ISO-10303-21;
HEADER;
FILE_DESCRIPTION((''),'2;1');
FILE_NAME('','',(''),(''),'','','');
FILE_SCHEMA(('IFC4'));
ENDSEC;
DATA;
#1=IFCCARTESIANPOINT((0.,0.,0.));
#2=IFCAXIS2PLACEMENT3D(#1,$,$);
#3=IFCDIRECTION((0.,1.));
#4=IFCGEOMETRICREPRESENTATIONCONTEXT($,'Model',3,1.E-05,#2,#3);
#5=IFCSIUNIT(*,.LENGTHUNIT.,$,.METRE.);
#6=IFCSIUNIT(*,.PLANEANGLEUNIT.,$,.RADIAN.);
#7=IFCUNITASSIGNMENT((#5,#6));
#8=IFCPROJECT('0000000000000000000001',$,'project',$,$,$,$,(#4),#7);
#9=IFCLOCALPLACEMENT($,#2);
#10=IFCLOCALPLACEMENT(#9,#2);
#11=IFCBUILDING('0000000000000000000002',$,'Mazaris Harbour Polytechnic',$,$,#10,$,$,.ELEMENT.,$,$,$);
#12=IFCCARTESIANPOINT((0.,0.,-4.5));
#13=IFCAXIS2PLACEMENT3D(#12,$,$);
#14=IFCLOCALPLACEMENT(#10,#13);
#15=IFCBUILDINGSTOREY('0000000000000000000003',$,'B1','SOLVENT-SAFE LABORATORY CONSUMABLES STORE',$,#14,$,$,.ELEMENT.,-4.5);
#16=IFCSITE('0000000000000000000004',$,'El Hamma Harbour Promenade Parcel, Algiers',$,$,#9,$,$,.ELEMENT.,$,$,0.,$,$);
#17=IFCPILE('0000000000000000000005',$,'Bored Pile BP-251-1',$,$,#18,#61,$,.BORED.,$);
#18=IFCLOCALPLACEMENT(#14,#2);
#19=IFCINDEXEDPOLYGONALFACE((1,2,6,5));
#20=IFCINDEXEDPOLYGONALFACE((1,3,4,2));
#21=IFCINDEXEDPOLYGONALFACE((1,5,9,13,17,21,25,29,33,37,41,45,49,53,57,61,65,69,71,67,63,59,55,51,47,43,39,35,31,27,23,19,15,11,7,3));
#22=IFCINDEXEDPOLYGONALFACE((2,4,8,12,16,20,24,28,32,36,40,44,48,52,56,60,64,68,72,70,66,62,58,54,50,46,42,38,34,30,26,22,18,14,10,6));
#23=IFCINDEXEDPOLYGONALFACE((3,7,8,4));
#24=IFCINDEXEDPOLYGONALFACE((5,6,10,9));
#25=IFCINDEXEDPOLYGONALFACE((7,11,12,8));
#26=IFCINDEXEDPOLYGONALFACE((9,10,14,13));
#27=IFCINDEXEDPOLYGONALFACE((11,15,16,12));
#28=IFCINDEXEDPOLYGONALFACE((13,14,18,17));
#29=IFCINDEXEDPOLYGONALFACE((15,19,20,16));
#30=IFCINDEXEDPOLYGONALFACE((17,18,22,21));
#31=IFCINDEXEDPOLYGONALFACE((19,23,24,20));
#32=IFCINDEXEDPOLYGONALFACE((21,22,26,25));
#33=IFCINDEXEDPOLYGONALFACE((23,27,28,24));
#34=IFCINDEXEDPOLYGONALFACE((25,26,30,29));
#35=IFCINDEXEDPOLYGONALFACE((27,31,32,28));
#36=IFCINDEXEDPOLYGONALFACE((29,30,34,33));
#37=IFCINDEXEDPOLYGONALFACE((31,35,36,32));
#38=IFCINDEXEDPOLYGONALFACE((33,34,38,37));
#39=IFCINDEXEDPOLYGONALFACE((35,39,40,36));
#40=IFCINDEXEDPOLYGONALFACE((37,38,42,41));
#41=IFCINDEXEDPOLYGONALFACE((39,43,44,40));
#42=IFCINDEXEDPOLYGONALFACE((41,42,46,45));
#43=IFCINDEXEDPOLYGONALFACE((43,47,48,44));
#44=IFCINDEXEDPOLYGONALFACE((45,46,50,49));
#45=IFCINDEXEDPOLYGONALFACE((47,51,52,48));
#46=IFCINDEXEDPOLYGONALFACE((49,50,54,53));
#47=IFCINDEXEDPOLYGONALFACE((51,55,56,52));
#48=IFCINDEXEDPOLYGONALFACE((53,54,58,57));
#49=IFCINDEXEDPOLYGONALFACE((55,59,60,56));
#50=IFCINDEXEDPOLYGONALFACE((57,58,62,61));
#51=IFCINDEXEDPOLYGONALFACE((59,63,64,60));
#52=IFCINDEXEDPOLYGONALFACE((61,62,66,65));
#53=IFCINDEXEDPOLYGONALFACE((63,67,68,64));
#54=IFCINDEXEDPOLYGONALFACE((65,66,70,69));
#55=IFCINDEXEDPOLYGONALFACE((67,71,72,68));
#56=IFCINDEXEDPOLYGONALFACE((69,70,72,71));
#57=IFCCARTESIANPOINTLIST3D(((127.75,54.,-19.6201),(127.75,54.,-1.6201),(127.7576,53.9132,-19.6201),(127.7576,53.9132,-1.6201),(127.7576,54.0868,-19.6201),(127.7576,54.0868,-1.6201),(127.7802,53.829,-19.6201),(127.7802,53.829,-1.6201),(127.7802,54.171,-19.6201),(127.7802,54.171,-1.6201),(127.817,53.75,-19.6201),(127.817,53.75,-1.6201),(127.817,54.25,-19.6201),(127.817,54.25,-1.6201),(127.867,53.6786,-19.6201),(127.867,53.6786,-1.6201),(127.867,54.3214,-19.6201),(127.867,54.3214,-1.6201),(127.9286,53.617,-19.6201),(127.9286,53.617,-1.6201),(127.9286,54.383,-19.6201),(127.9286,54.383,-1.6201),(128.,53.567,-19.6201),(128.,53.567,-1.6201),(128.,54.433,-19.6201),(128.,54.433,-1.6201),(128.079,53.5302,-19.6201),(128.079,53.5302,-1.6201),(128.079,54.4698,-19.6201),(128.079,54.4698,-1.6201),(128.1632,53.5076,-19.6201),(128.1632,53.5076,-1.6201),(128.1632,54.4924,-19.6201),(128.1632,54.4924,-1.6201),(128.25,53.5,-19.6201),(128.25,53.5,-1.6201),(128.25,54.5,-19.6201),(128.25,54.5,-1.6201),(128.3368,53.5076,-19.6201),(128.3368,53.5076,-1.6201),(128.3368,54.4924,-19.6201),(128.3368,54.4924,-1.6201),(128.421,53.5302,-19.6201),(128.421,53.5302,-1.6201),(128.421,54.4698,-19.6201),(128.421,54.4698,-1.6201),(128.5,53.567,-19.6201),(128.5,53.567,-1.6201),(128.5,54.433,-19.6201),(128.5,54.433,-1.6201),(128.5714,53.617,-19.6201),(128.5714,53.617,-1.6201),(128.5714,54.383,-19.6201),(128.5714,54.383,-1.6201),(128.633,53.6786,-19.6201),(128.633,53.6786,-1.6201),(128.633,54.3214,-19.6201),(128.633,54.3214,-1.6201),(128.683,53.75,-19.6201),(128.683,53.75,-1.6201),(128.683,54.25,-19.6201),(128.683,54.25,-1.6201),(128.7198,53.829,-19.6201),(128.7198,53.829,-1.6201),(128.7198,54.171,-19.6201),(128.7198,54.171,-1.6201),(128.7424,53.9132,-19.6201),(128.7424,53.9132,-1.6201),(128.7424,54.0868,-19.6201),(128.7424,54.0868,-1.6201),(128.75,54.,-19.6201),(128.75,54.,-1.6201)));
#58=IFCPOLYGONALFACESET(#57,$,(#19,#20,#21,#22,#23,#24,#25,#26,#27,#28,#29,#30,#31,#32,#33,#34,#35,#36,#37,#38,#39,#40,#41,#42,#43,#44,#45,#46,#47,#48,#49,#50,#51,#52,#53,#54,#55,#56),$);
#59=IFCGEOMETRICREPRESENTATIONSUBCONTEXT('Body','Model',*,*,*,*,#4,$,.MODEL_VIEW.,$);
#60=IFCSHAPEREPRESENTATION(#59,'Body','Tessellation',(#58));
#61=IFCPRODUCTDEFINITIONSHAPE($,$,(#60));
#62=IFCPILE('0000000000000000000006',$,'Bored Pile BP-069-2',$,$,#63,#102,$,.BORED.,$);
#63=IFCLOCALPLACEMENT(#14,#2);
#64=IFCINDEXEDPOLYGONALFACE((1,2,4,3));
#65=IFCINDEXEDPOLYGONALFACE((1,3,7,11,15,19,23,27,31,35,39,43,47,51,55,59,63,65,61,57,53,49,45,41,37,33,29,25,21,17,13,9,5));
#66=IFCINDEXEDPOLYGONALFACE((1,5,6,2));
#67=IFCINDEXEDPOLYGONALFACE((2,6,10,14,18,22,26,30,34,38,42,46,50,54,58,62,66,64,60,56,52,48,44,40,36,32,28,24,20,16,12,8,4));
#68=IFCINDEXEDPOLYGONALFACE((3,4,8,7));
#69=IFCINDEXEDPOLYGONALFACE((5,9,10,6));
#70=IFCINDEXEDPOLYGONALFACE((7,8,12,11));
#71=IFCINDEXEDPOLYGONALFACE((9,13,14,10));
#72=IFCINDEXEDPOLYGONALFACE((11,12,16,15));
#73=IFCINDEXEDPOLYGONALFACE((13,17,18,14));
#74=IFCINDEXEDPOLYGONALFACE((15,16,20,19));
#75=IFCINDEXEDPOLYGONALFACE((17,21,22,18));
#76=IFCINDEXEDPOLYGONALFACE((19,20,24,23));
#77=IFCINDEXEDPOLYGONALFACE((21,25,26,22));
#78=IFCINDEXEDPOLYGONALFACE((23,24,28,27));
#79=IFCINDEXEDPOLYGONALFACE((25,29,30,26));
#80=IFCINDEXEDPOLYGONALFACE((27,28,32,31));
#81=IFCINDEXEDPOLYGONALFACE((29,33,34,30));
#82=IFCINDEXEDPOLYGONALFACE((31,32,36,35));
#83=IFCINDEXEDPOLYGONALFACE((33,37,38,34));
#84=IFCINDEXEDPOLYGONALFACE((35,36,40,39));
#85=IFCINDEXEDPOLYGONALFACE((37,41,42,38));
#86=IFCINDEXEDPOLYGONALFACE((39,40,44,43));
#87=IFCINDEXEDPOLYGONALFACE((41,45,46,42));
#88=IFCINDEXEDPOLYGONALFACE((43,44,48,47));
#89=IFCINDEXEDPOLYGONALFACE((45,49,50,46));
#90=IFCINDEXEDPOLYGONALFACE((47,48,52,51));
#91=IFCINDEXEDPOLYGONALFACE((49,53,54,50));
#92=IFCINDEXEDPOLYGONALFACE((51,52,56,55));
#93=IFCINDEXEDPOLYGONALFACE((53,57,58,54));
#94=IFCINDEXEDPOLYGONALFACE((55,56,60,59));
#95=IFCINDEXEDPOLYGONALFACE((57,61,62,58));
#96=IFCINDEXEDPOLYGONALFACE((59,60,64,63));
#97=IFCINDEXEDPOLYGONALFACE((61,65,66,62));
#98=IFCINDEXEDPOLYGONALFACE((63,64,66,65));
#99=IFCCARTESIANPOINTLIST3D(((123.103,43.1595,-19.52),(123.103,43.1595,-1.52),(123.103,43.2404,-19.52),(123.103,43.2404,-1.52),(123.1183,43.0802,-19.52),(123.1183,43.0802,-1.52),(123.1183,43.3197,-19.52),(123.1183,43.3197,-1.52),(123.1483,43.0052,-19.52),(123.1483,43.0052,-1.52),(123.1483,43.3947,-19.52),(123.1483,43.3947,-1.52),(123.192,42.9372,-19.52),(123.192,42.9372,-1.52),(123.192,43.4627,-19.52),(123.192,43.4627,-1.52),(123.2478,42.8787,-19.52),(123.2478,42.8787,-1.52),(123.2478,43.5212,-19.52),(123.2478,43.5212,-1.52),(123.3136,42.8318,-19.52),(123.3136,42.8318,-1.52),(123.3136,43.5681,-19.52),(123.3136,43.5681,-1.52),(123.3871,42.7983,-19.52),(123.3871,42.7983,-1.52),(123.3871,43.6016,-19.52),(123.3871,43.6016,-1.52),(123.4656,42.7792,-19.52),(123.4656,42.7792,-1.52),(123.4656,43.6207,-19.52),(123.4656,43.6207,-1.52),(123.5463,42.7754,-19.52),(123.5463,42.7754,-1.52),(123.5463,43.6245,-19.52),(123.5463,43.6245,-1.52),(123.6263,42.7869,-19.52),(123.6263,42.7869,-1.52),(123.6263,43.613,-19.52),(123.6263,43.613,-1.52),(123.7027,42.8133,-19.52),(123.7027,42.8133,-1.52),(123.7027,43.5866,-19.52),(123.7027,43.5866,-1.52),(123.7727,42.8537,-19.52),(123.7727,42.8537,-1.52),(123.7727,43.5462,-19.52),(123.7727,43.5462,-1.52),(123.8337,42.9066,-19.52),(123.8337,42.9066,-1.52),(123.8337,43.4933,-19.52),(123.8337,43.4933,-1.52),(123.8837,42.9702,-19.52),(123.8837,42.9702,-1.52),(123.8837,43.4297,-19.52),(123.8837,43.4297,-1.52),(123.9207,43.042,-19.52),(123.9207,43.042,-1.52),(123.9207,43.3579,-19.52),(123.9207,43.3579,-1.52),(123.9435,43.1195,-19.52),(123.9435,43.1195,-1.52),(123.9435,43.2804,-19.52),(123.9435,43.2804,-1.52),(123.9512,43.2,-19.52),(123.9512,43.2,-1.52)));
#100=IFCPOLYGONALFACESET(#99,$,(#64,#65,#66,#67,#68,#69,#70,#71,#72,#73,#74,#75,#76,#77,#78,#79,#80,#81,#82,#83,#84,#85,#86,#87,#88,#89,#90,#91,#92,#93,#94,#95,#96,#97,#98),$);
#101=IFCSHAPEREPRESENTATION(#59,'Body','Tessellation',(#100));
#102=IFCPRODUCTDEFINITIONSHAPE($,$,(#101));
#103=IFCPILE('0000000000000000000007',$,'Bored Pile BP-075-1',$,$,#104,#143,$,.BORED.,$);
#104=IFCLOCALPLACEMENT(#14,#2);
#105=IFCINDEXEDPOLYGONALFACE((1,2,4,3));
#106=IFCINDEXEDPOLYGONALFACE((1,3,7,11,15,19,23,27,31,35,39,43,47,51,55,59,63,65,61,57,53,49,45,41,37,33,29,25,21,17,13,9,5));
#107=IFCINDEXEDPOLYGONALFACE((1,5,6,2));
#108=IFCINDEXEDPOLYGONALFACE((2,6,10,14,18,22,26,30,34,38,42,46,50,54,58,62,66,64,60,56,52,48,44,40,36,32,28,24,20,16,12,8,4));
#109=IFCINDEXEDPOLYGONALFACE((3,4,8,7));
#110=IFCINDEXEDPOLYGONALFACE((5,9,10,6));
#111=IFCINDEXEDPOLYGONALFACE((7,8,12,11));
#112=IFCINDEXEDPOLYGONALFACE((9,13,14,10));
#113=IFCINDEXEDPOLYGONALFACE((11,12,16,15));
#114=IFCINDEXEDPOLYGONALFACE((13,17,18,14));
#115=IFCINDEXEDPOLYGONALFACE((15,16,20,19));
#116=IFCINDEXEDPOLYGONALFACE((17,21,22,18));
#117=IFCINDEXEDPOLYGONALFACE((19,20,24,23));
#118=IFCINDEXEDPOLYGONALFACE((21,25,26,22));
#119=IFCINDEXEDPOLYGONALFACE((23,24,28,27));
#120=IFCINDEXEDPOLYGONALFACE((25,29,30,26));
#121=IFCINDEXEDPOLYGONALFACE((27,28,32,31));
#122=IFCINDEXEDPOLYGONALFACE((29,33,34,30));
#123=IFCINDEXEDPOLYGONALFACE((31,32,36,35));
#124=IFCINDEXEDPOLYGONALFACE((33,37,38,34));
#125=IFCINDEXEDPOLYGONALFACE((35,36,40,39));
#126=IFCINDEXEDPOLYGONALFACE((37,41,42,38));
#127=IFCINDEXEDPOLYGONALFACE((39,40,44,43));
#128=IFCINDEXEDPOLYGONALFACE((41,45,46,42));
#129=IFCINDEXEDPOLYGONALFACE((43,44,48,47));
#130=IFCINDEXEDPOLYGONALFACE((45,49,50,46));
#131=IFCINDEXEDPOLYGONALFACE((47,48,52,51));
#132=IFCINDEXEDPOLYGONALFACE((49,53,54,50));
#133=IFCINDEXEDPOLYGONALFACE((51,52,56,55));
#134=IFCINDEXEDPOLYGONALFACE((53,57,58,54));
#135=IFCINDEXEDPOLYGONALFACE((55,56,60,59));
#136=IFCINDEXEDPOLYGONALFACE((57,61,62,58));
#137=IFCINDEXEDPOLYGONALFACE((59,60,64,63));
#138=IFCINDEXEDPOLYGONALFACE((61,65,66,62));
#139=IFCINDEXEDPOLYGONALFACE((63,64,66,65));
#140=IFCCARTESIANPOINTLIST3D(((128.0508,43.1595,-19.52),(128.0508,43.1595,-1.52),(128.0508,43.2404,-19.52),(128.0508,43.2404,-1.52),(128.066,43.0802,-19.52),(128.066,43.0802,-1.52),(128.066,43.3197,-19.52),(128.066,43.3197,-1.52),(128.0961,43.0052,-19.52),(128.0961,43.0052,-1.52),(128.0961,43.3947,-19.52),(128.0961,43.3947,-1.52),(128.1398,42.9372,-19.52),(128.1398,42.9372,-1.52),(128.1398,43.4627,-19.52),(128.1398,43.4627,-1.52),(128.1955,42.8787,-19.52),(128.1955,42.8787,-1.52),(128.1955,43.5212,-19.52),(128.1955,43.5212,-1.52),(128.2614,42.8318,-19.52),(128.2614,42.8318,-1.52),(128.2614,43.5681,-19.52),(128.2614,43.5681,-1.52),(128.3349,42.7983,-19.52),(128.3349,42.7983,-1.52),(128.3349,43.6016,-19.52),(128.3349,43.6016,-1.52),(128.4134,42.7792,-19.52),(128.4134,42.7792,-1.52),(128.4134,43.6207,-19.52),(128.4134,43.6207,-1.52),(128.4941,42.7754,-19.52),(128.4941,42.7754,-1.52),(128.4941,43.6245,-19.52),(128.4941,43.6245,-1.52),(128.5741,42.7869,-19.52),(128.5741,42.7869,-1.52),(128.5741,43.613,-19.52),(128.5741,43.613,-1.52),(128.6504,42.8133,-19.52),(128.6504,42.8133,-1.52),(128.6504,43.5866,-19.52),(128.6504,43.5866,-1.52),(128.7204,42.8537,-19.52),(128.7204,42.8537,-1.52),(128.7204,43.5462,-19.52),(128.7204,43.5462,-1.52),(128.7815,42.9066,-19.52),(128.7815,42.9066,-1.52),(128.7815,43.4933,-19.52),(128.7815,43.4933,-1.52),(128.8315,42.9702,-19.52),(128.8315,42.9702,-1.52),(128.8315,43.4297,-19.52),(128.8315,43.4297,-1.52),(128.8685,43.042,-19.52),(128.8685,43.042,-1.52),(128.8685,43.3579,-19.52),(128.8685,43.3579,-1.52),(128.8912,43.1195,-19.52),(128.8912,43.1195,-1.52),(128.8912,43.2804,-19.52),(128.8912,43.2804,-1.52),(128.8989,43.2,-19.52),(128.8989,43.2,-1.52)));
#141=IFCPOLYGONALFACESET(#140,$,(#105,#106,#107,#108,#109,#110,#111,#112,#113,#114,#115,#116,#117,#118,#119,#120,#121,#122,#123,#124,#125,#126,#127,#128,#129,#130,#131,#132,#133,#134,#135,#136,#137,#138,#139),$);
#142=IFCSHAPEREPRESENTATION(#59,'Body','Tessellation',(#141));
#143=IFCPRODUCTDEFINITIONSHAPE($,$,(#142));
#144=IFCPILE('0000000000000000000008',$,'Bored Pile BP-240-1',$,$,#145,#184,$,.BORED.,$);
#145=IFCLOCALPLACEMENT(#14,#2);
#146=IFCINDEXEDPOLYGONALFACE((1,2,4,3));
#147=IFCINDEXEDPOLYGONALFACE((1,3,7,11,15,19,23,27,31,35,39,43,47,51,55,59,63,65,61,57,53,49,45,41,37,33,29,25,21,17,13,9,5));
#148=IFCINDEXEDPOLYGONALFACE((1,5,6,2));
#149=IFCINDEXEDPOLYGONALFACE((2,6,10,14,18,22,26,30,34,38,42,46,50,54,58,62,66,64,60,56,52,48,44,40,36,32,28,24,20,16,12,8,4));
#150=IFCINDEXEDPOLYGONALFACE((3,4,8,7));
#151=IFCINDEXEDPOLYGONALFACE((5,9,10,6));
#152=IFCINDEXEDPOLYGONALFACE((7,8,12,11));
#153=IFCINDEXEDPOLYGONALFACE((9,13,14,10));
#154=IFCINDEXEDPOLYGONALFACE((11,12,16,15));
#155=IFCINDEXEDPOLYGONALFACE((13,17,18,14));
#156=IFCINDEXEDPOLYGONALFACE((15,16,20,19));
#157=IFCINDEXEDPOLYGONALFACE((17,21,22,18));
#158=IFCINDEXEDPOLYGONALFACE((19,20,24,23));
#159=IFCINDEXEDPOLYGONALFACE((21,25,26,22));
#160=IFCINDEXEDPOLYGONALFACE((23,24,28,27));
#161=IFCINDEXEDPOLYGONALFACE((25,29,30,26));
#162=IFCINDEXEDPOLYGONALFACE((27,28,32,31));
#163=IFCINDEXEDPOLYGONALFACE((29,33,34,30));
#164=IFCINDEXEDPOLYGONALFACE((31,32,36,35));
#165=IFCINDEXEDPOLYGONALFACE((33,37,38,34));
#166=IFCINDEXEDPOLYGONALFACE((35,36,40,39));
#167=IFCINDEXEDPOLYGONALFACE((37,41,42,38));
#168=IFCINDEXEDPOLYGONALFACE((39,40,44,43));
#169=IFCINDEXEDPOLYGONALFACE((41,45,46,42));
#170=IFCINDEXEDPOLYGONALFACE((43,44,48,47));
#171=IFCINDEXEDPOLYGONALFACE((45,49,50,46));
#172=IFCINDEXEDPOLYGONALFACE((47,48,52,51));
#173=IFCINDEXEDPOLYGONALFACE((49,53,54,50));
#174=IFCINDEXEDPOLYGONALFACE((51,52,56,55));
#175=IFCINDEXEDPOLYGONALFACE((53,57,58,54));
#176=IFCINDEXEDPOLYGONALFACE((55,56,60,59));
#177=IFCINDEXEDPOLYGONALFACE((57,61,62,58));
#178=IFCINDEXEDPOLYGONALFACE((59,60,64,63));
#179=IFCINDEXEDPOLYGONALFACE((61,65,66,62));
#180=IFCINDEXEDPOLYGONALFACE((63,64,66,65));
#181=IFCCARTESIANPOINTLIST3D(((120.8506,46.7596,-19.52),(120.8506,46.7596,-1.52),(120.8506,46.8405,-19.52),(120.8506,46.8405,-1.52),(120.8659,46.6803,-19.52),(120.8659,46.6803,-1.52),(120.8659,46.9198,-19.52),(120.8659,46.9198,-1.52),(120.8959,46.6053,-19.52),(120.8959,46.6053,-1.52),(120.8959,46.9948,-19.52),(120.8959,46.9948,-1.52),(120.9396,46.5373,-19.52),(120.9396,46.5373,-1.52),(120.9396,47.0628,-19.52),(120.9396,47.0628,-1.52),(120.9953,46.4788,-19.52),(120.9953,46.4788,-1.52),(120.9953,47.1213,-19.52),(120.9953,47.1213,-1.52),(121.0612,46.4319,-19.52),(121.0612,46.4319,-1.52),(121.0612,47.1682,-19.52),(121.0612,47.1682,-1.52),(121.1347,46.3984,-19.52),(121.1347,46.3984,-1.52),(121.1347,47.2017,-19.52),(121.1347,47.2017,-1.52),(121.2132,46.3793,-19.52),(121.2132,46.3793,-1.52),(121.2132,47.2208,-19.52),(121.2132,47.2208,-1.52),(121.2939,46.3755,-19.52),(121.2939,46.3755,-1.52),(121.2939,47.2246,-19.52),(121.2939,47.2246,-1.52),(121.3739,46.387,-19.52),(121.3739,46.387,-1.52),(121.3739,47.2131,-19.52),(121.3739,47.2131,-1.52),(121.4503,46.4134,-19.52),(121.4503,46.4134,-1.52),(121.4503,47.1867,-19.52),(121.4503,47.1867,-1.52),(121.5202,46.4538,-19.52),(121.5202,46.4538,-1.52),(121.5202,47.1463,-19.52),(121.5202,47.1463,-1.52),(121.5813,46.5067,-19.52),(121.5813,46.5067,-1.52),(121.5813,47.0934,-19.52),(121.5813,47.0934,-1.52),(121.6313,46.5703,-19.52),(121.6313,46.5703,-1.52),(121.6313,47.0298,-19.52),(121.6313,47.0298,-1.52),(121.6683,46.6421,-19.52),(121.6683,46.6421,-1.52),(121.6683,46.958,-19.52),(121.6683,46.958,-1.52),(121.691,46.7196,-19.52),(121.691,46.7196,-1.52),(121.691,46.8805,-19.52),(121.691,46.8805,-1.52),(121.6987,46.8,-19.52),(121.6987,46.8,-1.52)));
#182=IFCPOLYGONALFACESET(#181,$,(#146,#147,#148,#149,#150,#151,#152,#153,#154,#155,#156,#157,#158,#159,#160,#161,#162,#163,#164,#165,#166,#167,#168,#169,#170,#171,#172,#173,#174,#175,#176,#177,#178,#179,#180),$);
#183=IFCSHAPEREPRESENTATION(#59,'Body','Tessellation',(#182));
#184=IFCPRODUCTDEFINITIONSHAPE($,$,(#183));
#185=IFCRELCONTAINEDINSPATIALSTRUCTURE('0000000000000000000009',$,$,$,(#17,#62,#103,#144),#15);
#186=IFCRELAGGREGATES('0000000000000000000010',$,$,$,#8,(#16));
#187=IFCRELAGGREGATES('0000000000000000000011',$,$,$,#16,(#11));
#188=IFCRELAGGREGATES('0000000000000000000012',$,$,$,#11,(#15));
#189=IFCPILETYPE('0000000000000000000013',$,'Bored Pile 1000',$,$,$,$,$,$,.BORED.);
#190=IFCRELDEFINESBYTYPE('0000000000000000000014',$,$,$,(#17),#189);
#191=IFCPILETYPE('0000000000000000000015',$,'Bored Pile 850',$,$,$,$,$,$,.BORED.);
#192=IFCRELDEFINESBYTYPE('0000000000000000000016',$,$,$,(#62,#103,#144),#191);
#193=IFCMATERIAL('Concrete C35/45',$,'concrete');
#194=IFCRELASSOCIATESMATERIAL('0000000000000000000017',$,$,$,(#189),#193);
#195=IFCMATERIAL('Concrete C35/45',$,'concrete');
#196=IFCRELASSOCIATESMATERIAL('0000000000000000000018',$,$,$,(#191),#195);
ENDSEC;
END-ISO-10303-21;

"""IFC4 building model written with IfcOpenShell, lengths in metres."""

from ifc_helpers import new_model, si_unit, direction, frame, origin, origin_2d, place, context, subcontext, project, spatial, circle, extrude, material, material_profile, profile_set, type_object, element, save


model = new_model("IFC4")

# Units and contexts
model_context = context("Model", 3, precision=1e-05, world=origin(), true_north=direction((0.0, 1.0)))
body_context = subcontext(model_context, "Body", "Model", "MODEL_VIEW")
ifc_project = project(units=[si_unit("LENGTHUNIT", "METRE"), si_unit("PLANEANGLEUNIT", "RADIAN")], contexts=[model_context])

# Site, building, storey
site_placement = place(None, origin())
site = spatial("IfcSite", under=ifc_project, at=site_placement, Name="El Hamma Harbour Promenade Parcel, Algiers", CompositionType="ELEMENT", RefElevation=0.0)
building_placement = place(site_placement, origin())
building = spatial("IfcBuilding", under=site, at=building_placement, Name="Mazaris Harbour Polytechnic", CompositionType="ELEMENT")
storey_placement = place(building_placement, frame((0.0, 0.0, -4.5)))
storey = spatial("IfcBuildingStorey", under=building, at=storey_placement, Name="B1", Description="SOLVENT-SAFE LABORATORY CONSUMABLES STORE", CompositionType="ELEMENT", Elevation=-4.5)

# Piles
ifc_material_1 = material(Name="Concrete C35/45", Category="concrete")
ifc_material_profile_1 = material_profile(ifc_material_1, circle(Radius=0.5, at=origin_2d()), Name="DIA1000")
ifc_profile_set_1 = profile_set([ifc_material_profile_1], Name="Concrete C35/45")
pile_type_1 = type_object("IfcPileType", Name="Bored Pile 1000", PredefinedType="BORED", material=ifc_profile_set_1)
pile_placement = place(storey_placement, frame((128.25, 54.0, -1.6201), z_axis=(0.0, 0.0, -1.0), x_axis=(1.0, 0.0, 0.0)))
element("IfcPile", 1, at=pile_placement, inside=storey, type_object=pile_type_1, Name="Bored Pile BP-251-1", PredefinedType="BORED", context=body_context, shape_type="SweptSolid", body=[
    extrude(circle(Radius=0.5, at=origin_2d()), origin(), (0.0, 0.0, 1.0), 18.0),
])
ifc_material_2 = material(Name="Concrete C35/45", Category="concrete")
ifc_material_profile_2 = material_profile(ifc_material_2, circle(Radius=0.425, at=origin_2d()), Name="DIA850")
ifc_profile_set_2 = profile_set([ifc_material_profile_2], Name="Concrete C35/45")
pile_type_2 = type_object("IfcPileType", Name="Bored Pile 850", PredefinedType="BORED", material=ifc_profile_set_2)
for number, where, z_axis, x_axis, name in (
    (2, (123.5261, 43.2, -1.52), (0.0, 0.0, -1.0), (1.0, 0.0, 0.0), "Bored Pile BP-069-2"),
    (3, (128.4739, 43.2, -1.52), (0.0, 0.0, -1.0), (1.0, 0.0, 0.0), "Bored Pile BP-075-1"),
    (4, (121.2737, 46.8, -1.52), (0.0, 0.0, -1.0), (1.0, 0.0, 0.0), "Bored Pile BP-240-1"),
):
    element("IfcPile", number, at=place(storey_placement, frame(where, z_axis=z_axis, x_axis=x_axis)), inside=storey, type_object=pile_type_2, Name=name, PredefinedType="BORED", context=body_context, shape_type="SweptSolid", body=[
        extrude(circle(Radius=0.425, at=origin_2d()), origin(), (0.0, 0.0, 1.0), 18.0),
    ])

save(model, "model.ifc")
